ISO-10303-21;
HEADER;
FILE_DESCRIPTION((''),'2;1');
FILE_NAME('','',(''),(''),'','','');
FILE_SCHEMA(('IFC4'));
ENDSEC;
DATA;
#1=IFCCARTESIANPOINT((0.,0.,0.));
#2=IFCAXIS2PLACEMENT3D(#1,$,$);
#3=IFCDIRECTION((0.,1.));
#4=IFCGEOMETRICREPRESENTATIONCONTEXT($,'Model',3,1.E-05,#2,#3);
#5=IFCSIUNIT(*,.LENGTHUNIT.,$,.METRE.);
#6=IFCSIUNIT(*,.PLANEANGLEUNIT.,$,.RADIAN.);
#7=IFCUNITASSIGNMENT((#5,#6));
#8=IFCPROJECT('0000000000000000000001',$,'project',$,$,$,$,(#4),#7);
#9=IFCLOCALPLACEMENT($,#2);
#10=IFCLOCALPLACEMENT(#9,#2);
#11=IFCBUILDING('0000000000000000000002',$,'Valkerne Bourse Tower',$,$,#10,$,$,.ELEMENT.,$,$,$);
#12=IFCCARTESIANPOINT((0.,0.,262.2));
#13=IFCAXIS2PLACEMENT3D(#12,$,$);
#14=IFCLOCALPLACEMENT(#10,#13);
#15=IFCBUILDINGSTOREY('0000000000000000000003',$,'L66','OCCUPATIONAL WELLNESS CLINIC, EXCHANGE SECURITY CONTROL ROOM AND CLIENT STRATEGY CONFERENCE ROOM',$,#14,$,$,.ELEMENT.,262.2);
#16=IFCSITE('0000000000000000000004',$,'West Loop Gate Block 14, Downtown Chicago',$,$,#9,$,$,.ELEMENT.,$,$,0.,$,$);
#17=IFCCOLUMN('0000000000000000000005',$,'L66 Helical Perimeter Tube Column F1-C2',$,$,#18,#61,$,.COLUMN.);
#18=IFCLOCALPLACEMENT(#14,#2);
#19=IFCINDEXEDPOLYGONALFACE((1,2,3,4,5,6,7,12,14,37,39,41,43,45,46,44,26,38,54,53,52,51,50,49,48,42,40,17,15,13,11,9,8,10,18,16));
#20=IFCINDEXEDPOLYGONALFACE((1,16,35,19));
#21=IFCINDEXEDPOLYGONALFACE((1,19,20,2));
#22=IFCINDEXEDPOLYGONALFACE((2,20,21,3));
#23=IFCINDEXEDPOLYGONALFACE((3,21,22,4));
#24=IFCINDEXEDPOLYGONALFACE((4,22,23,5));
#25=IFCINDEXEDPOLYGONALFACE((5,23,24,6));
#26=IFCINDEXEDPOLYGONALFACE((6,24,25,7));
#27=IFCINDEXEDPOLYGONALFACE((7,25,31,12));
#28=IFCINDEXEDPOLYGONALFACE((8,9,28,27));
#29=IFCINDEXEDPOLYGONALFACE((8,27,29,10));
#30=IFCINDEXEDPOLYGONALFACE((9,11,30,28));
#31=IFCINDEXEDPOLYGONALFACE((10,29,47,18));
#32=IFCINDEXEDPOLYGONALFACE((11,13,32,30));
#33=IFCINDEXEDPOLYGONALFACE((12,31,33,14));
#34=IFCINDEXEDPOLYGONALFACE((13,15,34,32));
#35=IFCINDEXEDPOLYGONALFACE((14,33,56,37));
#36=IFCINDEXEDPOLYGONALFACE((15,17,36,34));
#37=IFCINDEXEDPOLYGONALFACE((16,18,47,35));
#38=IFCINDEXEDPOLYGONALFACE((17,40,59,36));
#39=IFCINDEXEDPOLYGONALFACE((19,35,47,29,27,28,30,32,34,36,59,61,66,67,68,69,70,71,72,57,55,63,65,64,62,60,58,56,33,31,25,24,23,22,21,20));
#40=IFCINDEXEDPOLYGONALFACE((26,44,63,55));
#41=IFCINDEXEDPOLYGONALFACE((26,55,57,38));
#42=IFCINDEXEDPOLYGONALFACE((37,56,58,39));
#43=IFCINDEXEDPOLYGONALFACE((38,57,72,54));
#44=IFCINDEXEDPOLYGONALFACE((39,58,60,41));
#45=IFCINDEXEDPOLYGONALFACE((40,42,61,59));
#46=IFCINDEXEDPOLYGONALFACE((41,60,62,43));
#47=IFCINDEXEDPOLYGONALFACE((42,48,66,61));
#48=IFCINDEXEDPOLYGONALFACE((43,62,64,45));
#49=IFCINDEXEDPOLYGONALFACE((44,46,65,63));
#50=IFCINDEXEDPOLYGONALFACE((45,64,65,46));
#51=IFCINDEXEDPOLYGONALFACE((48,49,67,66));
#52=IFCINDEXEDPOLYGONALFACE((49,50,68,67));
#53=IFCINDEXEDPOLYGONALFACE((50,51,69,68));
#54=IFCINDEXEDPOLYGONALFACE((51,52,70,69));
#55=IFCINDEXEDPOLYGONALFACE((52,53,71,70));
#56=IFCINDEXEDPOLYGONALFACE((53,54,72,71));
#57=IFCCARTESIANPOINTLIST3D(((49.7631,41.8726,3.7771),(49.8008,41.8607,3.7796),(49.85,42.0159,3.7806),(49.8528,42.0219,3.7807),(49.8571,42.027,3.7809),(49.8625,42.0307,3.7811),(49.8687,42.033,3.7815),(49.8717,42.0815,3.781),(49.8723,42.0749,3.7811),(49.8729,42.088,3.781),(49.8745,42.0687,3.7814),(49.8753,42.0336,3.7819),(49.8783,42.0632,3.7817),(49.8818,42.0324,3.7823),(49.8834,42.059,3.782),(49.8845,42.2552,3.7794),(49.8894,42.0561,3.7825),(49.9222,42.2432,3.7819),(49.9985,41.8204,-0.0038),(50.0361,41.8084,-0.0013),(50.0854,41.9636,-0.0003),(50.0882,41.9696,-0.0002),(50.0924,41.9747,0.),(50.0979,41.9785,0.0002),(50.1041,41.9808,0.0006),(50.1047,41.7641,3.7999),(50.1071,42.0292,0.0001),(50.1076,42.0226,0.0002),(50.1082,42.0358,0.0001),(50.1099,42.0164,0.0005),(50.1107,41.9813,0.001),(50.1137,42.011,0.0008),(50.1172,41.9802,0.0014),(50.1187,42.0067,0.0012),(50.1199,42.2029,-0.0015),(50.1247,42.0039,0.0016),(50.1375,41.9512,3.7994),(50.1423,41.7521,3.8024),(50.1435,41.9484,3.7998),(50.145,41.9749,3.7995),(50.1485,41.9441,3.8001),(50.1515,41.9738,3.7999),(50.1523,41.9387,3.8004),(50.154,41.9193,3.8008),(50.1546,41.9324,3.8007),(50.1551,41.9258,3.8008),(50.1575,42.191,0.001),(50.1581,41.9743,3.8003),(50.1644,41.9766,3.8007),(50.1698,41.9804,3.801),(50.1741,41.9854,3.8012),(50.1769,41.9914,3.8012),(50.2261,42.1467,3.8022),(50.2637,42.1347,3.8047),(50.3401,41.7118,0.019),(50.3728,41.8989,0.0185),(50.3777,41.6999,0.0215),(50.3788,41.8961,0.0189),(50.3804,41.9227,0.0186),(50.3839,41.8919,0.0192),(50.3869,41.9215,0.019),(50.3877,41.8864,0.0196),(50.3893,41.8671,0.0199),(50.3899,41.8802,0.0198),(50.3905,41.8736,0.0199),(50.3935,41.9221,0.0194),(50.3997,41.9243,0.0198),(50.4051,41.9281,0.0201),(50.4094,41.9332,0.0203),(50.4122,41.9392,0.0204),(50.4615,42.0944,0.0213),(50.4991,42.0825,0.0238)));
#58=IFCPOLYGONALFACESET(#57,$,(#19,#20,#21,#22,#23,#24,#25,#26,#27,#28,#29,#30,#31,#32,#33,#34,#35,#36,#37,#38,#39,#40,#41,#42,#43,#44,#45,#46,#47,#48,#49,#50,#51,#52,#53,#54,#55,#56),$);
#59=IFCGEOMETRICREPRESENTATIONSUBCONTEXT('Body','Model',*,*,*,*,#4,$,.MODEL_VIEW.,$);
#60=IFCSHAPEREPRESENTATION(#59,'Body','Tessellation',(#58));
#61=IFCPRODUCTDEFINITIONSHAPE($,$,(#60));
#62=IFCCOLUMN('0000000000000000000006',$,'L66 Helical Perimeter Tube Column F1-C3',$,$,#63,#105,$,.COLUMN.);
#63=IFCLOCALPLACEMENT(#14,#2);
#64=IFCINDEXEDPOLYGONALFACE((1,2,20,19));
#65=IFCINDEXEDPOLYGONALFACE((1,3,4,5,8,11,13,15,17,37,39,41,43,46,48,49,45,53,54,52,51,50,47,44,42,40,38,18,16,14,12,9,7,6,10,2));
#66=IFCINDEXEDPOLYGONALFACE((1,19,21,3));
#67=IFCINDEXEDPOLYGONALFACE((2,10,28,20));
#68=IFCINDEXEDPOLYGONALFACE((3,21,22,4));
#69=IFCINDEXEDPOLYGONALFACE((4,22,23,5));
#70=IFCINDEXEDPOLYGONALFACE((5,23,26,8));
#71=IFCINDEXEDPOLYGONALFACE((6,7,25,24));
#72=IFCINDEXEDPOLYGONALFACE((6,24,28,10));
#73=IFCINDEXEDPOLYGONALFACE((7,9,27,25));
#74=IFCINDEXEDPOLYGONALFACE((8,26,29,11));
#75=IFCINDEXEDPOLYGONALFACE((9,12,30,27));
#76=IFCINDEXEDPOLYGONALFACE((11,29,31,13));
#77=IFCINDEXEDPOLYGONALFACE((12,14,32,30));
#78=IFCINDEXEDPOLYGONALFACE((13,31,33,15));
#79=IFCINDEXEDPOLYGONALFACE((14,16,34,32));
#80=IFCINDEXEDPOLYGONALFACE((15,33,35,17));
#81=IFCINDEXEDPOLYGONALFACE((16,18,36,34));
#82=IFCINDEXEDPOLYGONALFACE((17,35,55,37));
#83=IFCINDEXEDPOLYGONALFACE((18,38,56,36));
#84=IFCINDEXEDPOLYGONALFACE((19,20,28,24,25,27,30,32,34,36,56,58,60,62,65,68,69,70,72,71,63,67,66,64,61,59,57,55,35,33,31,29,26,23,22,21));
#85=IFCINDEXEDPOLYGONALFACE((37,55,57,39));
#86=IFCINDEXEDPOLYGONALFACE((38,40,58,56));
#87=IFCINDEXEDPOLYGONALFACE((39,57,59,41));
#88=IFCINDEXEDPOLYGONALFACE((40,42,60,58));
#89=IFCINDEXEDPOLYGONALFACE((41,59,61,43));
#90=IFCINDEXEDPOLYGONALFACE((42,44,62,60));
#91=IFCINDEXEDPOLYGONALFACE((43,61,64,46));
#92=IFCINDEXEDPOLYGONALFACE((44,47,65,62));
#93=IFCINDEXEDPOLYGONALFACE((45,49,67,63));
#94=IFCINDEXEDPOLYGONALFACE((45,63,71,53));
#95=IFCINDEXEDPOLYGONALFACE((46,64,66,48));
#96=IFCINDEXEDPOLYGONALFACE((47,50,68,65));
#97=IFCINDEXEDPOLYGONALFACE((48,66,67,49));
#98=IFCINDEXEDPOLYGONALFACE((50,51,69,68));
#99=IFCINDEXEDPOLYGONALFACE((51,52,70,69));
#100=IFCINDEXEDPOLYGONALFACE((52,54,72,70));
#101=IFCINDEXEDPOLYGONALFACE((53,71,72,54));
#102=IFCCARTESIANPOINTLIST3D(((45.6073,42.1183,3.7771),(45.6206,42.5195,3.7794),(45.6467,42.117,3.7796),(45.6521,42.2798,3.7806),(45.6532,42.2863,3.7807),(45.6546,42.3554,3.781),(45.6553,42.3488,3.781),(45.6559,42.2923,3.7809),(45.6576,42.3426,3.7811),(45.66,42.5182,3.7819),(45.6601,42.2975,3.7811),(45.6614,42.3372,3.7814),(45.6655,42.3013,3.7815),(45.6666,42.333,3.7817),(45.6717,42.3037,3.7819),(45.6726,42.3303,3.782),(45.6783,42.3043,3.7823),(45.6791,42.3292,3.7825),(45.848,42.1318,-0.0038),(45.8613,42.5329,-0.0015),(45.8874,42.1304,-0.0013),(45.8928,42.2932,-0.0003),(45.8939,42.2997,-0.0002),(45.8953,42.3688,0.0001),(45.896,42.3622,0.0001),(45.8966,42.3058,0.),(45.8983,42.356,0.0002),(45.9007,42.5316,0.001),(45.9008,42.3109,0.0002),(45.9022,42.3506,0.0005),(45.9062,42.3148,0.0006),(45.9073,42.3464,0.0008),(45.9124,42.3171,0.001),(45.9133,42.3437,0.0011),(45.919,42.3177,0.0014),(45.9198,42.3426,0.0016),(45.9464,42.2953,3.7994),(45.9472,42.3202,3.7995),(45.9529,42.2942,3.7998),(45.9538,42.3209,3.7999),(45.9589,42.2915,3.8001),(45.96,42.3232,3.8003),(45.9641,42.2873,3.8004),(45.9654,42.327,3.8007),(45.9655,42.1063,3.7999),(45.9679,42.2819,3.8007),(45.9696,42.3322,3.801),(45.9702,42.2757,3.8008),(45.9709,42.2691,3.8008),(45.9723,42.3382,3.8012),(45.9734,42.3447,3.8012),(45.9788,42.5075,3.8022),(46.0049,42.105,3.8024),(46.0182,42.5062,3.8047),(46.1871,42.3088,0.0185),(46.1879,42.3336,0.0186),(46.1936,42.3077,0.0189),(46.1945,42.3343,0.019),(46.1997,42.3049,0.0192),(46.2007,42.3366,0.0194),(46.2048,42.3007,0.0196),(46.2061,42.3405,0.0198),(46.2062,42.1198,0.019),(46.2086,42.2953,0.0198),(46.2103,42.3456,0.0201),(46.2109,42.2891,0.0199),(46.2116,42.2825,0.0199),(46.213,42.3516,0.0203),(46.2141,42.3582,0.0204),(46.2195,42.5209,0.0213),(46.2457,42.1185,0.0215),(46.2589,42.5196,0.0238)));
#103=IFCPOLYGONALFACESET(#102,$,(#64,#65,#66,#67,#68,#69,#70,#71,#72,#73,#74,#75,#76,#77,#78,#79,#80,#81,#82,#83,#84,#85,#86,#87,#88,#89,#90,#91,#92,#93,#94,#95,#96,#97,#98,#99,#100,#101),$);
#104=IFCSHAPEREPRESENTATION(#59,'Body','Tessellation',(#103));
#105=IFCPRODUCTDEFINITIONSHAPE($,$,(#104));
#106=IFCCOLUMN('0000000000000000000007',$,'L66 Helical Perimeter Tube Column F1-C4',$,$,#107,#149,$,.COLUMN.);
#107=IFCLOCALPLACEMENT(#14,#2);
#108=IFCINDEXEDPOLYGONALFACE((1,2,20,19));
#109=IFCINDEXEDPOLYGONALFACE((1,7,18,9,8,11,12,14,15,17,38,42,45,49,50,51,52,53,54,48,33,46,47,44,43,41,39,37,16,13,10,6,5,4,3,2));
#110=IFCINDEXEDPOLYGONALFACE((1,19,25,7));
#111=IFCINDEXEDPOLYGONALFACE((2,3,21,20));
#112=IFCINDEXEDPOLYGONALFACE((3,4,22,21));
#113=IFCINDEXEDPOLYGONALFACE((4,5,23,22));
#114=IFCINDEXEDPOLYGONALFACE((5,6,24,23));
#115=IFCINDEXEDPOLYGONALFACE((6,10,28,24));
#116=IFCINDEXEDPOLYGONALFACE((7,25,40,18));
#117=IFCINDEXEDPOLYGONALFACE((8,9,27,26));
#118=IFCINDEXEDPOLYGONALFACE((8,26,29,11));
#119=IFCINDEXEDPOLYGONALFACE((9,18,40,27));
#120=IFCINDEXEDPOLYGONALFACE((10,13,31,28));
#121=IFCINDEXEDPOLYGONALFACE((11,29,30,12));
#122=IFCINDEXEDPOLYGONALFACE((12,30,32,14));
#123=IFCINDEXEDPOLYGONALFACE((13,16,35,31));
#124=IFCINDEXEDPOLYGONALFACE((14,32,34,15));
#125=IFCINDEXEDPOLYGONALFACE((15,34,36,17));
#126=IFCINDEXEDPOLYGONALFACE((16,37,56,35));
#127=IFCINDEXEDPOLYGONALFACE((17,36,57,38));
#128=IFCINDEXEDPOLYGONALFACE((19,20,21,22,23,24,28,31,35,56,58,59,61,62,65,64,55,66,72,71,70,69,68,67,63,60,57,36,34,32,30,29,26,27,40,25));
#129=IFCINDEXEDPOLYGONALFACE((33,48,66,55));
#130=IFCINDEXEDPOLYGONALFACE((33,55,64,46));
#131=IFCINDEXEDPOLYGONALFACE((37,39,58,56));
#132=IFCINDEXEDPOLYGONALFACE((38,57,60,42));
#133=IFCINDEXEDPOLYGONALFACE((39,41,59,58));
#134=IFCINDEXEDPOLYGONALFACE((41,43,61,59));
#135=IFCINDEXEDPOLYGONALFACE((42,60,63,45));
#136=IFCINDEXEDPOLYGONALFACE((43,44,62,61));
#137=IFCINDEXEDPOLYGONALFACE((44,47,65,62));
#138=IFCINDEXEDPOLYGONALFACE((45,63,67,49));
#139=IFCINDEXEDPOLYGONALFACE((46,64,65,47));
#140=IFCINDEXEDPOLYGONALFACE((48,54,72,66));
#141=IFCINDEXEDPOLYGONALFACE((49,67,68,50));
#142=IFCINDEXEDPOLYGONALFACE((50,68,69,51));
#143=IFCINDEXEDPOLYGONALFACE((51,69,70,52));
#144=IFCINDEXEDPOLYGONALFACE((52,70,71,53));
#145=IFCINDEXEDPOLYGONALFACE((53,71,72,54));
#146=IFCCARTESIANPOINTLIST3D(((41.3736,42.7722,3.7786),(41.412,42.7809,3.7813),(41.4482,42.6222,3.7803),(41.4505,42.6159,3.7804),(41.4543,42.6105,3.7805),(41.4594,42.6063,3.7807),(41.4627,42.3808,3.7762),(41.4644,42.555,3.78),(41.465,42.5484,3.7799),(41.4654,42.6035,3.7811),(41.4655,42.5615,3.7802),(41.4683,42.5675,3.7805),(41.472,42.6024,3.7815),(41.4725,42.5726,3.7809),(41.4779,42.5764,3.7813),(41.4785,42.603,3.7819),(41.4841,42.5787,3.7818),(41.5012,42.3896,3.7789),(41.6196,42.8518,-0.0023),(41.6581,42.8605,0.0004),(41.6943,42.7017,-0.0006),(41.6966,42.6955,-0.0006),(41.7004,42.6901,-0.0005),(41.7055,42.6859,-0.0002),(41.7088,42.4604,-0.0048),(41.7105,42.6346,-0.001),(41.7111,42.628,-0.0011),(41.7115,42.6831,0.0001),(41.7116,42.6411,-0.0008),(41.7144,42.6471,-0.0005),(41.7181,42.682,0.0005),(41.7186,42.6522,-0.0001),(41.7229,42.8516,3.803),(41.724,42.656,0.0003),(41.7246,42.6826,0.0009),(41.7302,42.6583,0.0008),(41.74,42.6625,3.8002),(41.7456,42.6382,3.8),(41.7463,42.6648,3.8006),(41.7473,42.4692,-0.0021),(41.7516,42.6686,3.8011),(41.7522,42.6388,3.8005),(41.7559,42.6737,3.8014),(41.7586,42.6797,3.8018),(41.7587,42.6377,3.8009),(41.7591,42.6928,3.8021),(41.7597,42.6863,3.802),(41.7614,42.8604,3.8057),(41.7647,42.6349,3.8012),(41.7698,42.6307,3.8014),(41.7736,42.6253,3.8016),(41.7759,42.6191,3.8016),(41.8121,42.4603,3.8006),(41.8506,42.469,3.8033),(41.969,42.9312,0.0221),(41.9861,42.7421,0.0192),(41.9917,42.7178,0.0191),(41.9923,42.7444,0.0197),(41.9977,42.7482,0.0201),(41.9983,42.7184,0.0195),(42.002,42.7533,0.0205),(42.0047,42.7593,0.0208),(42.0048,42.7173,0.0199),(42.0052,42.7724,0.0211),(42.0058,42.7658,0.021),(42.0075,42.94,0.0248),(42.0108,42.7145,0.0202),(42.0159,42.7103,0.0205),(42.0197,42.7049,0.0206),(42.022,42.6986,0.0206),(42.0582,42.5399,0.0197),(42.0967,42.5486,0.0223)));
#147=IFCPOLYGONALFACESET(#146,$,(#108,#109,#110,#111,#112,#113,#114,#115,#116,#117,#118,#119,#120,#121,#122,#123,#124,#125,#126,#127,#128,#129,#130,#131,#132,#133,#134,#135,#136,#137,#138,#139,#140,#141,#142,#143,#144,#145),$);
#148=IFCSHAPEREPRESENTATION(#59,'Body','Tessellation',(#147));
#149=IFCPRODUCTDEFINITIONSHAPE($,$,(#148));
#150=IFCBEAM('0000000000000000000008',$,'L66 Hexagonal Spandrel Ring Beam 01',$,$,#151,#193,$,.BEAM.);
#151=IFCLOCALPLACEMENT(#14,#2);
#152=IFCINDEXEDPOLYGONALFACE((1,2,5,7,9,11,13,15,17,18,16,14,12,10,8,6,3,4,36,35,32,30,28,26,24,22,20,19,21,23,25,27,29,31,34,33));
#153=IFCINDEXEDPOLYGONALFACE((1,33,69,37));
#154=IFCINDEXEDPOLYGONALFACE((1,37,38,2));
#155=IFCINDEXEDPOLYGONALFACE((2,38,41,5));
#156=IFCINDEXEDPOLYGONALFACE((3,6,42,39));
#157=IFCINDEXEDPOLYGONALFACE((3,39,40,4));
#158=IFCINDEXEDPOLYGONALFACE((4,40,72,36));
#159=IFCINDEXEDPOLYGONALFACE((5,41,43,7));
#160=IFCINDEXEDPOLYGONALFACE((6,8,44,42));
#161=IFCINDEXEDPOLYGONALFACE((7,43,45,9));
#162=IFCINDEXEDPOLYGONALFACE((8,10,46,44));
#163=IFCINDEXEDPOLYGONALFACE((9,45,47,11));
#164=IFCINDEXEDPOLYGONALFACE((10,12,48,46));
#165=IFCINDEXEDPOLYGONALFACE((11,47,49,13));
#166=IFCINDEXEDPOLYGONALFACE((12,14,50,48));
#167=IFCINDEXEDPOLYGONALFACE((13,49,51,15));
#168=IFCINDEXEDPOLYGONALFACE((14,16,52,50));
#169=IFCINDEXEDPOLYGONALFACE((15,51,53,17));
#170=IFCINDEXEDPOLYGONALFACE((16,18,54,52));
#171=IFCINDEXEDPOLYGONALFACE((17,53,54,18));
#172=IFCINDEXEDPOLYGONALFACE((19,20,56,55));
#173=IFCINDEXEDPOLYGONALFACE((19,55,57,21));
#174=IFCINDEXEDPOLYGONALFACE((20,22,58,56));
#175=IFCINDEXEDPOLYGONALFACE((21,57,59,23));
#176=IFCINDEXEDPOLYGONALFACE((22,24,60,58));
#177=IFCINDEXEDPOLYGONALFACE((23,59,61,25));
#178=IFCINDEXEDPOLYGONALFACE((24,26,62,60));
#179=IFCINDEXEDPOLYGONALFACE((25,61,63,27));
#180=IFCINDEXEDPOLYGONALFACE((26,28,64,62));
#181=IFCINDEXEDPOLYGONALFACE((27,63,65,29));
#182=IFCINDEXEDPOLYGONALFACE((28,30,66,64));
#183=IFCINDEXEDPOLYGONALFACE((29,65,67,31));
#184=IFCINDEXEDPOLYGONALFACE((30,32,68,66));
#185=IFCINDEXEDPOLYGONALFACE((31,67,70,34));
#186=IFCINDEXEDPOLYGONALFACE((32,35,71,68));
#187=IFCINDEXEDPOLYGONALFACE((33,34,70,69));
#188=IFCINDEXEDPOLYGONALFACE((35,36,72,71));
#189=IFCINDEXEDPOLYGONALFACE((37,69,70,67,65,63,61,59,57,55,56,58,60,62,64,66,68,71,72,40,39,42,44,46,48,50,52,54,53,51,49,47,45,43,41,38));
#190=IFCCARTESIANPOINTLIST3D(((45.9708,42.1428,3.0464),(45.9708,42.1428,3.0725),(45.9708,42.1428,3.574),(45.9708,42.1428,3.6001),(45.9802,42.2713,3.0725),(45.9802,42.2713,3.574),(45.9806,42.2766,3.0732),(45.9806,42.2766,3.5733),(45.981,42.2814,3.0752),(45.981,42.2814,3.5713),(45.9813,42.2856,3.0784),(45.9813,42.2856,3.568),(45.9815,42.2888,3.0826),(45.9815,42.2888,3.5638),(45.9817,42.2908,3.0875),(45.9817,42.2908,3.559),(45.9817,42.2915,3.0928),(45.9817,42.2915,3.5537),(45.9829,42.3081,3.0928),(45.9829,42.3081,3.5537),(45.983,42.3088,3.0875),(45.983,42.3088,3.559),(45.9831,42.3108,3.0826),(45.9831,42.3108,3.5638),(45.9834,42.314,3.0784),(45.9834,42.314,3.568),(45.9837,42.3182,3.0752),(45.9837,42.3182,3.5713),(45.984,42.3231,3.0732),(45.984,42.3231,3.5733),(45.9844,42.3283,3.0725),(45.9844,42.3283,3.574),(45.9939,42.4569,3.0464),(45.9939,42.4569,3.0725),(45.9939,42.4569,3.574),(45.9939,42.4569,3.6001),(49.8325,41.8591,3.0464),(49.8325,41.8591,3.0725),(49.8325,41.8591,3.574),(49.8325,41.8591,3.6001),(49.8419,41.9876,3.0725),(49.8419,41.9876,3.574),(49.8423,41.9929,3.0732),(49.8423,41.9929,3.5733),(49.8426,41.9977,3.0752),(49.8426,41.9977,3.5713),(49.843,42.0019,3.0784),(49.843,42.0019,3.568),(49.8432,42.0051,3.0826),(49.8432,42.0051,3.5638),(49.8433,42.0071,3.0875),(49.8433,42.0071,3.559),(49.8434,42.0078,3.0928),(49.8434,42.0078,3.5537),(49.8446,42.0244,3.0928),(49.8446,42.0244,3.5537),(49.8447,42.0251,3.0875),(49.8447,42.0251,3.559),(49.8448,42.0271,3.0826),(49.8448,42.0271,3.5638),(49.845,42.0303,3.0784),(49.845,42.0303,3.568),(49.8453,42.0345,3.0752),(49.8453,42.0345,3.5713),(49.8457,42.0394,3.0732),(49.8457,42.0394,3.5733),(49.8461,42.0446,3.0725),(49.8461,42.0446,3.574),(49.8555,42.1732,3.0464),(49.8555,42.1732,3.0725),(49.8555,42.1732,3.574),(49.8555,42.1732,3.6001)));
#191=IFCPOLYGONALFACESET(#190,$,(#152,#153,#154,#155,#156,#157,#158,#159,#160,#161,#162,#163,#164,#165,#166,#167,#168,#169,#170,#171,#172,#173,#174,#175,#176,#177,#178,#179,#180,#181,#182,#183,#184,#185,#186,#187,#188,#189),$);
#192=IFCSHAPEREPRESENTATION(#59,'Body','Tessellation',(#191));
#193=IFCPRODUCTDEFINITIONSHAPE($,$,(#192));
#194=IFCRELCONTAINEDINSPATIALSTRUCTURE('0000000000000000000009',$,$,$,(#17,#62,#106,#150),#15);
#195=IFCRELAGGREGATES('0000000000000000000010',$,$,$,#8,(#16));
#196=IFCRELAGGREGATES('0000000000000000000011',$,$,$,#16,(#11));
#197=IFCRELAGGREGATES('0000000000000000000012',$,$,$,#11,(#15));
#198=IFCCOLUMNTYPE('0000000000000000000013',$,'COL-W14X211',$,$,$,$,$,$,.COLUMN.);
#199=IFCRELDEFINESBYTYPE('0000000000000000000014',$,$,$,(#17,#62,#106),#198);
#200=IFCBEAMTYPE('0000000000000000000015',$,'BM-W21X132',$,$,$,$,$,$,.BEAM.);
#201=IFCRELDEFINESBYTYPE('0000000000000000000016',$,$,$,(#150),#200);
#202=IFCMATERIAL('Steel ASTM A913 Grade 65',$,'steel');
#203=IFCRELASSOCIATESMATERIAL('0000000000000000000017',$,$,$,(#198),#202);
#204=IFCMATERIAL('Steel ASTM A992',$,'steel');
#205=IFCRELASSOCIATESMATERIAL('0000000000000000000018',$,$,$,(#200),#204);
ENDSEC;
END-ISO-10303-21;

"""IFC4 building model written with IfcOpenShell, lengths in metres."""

from ifc_helpers import new_model, si_unit, direction, frame, origin, origin_2d, place, context, subcontext, project, spatial, i_section, extrude, material, material_profile, profile_set, type_object, element, save


model = new_model("IFC4")

# Units and contexts
model_context = context("Model", 3, precision=1e-05, world=origin(), true_north=direction((0.0, 1.0)))
body_context = subcontext(model_context, "Body", "Model", "MODEL_VIEW")
ifc_project = project(units=[si_unit("LENGTHUNIT", "METRE"), si_unit("PLANEANGLEUNIT", "RADIAN")], contexts=[model_context])

# Site, building, storey
site_placement = place(None, origin())
site = spatial("IfcSite", under=ifc_project, at=site_placement, Name="West Loop Gate Block 14, Downtown Chicago", CompositionType="ELEMENT", RefElevation=0.0)
building_placement = place(site_placement, origin())
building = spatial("IfcBuilding", under=site, at=building_placement, Name="Valkerne Bourse Tower", CompositionType="ELEMENT")
storey_placement = place(building_placement, frame((0.0, 0.0, 262.2)))
storey = spatial("IfcBuildingStorey", under=building, at=storey_placement, Name="L66", Description="OCCUPATIONAL WELLNESS CLINIC, EXCHANGE SECURITY CONTROL ROOM AND CLIENT STRATEGY CONFERENCE ROOM", CompositionType="ELEMENT", Elevation=262.2)

# Columns
ifc_material_1 = material(Name="Steel ASTM A913 Grade 65", Category="steel")
ifc_material_profile_1 = material_profile(ifc_material_1, i_section(OverallWidth=0.4014, OverallDepth=0.3987, WebThickness=0.0249, FlangeThickness=0.0396, FilletRadius=0.0254, at=origin_2d()), Name="W14X211")
ifc_profile_set_1 = profile_set([ifc_material_profile_1], Name="Steel ASTM A913 Grade 65")
column_type = type_object("IfcColumnType", Name="COL-W14X211", PredefinedType="COLUMN", material=ifc_profile_set_1)
for number, where, z_axis, x_axis, name in (
    (1, (50.2488, 41.9514, 0.01), (-0.06212, 0.01379, 0.997973), (0.302464, 0.953144, 0.005657), "L66 Helical Perimeter Tube Column F1-C2"),
    (2, (46.0535, 42.3257, 0.01), (-0.063537, -0.003544, 0.997973), (0.033103, 0.999436, 0.005657), "L66 Helical Perimeter Tube Column F1-C3"),
):
    element("IfcColumn", number, at=place(storey_placement, frame(where, z_axis=z_axis, x_axis=x_axis)), inside=storey, type_object=column_type, Name=name, PredefinedType="COLUMN", context=body_context, shape_type="SweptSolid", body=[
        extrude(i_section(OverallWidth=0.4014, OverallDepth=0.3987, WebThickness=0.0249, FlangeThickness=0.0396, FilletRadius=0.0254, at=origin_2d()), origin(), (0.0, 0.0, 1.0), 3.7886),
    ])
column_placement = place(storey_placement, frame((41.8582, 42.7002, 0.01), z_axis=(-0.064935, -0.021001, 0.997668), x_axis=(-0.222118, 0.975001, 0.006067)))
element("IfcColumn", 3, at=column_placement, inside=storey, type_object=column_type, Name="L66 Helical Perimeter Tube Column F1-C4", PredefinedType="COLUMN", context=body_context, shape_type="SweptSolid", body=[
    extrude(i_section(OverallWidth=0.4014, OverallDepth=0.3987, WebThickness=0.0249, FlangeThickness=0.0396, FilletRadius=0.0254, at=origin_2d()), origin(), (0.0, 0.0, 1.0), 3.7898),
])

# Beam
ifc_material_2 = material(Name="Steel ASTM A992", Category="steel")
ifc_material_profile_2 = material_profile(ifc_material_2, i_section(OverallWidth=0.3149, OverallDepth=0.5537, WebThickness=0.0166, FlangeThickness=0.0261, FilletRadius=0.0203, at=origin_2d()), Name="W21X132")
ifc_profile_set_2 = profile_set([ifc_material_profile_2], Name="Steel ASTM A992")
beam_type_1 = type_object("IfcBeamType", Name="BM-W21X132", PredefinedType="BEAM", material=ifc_profile_set_2)
beam_1_placement = place(storey_placement, frame((49.844, 42.0161, 3.3232), z_axis=(-0.997312, 0.073268, 0.0), x_axis=(-0.073268, -0.997312, 0.0)))
element("IfcBeam", 4, at=beam_1_placement, inside=storey, type_object=beam_type_1, Name="L66 Hexagonal Spandrel Ring Beam 01", PredefinedType="BEAM", context=body_context, shape_type="SweptSolid", body=[
    extrude(i_section(OverallWidth=0.3149, OverallDepth=0.5537, WebThickness=0.0166, FlangeThickness=0.0261, FilletRadius=0.0203, at=origin_2d()), origin(), (0.0, 0.0, 1.0), 3.8721),
])

save(model, "model.ifc")
